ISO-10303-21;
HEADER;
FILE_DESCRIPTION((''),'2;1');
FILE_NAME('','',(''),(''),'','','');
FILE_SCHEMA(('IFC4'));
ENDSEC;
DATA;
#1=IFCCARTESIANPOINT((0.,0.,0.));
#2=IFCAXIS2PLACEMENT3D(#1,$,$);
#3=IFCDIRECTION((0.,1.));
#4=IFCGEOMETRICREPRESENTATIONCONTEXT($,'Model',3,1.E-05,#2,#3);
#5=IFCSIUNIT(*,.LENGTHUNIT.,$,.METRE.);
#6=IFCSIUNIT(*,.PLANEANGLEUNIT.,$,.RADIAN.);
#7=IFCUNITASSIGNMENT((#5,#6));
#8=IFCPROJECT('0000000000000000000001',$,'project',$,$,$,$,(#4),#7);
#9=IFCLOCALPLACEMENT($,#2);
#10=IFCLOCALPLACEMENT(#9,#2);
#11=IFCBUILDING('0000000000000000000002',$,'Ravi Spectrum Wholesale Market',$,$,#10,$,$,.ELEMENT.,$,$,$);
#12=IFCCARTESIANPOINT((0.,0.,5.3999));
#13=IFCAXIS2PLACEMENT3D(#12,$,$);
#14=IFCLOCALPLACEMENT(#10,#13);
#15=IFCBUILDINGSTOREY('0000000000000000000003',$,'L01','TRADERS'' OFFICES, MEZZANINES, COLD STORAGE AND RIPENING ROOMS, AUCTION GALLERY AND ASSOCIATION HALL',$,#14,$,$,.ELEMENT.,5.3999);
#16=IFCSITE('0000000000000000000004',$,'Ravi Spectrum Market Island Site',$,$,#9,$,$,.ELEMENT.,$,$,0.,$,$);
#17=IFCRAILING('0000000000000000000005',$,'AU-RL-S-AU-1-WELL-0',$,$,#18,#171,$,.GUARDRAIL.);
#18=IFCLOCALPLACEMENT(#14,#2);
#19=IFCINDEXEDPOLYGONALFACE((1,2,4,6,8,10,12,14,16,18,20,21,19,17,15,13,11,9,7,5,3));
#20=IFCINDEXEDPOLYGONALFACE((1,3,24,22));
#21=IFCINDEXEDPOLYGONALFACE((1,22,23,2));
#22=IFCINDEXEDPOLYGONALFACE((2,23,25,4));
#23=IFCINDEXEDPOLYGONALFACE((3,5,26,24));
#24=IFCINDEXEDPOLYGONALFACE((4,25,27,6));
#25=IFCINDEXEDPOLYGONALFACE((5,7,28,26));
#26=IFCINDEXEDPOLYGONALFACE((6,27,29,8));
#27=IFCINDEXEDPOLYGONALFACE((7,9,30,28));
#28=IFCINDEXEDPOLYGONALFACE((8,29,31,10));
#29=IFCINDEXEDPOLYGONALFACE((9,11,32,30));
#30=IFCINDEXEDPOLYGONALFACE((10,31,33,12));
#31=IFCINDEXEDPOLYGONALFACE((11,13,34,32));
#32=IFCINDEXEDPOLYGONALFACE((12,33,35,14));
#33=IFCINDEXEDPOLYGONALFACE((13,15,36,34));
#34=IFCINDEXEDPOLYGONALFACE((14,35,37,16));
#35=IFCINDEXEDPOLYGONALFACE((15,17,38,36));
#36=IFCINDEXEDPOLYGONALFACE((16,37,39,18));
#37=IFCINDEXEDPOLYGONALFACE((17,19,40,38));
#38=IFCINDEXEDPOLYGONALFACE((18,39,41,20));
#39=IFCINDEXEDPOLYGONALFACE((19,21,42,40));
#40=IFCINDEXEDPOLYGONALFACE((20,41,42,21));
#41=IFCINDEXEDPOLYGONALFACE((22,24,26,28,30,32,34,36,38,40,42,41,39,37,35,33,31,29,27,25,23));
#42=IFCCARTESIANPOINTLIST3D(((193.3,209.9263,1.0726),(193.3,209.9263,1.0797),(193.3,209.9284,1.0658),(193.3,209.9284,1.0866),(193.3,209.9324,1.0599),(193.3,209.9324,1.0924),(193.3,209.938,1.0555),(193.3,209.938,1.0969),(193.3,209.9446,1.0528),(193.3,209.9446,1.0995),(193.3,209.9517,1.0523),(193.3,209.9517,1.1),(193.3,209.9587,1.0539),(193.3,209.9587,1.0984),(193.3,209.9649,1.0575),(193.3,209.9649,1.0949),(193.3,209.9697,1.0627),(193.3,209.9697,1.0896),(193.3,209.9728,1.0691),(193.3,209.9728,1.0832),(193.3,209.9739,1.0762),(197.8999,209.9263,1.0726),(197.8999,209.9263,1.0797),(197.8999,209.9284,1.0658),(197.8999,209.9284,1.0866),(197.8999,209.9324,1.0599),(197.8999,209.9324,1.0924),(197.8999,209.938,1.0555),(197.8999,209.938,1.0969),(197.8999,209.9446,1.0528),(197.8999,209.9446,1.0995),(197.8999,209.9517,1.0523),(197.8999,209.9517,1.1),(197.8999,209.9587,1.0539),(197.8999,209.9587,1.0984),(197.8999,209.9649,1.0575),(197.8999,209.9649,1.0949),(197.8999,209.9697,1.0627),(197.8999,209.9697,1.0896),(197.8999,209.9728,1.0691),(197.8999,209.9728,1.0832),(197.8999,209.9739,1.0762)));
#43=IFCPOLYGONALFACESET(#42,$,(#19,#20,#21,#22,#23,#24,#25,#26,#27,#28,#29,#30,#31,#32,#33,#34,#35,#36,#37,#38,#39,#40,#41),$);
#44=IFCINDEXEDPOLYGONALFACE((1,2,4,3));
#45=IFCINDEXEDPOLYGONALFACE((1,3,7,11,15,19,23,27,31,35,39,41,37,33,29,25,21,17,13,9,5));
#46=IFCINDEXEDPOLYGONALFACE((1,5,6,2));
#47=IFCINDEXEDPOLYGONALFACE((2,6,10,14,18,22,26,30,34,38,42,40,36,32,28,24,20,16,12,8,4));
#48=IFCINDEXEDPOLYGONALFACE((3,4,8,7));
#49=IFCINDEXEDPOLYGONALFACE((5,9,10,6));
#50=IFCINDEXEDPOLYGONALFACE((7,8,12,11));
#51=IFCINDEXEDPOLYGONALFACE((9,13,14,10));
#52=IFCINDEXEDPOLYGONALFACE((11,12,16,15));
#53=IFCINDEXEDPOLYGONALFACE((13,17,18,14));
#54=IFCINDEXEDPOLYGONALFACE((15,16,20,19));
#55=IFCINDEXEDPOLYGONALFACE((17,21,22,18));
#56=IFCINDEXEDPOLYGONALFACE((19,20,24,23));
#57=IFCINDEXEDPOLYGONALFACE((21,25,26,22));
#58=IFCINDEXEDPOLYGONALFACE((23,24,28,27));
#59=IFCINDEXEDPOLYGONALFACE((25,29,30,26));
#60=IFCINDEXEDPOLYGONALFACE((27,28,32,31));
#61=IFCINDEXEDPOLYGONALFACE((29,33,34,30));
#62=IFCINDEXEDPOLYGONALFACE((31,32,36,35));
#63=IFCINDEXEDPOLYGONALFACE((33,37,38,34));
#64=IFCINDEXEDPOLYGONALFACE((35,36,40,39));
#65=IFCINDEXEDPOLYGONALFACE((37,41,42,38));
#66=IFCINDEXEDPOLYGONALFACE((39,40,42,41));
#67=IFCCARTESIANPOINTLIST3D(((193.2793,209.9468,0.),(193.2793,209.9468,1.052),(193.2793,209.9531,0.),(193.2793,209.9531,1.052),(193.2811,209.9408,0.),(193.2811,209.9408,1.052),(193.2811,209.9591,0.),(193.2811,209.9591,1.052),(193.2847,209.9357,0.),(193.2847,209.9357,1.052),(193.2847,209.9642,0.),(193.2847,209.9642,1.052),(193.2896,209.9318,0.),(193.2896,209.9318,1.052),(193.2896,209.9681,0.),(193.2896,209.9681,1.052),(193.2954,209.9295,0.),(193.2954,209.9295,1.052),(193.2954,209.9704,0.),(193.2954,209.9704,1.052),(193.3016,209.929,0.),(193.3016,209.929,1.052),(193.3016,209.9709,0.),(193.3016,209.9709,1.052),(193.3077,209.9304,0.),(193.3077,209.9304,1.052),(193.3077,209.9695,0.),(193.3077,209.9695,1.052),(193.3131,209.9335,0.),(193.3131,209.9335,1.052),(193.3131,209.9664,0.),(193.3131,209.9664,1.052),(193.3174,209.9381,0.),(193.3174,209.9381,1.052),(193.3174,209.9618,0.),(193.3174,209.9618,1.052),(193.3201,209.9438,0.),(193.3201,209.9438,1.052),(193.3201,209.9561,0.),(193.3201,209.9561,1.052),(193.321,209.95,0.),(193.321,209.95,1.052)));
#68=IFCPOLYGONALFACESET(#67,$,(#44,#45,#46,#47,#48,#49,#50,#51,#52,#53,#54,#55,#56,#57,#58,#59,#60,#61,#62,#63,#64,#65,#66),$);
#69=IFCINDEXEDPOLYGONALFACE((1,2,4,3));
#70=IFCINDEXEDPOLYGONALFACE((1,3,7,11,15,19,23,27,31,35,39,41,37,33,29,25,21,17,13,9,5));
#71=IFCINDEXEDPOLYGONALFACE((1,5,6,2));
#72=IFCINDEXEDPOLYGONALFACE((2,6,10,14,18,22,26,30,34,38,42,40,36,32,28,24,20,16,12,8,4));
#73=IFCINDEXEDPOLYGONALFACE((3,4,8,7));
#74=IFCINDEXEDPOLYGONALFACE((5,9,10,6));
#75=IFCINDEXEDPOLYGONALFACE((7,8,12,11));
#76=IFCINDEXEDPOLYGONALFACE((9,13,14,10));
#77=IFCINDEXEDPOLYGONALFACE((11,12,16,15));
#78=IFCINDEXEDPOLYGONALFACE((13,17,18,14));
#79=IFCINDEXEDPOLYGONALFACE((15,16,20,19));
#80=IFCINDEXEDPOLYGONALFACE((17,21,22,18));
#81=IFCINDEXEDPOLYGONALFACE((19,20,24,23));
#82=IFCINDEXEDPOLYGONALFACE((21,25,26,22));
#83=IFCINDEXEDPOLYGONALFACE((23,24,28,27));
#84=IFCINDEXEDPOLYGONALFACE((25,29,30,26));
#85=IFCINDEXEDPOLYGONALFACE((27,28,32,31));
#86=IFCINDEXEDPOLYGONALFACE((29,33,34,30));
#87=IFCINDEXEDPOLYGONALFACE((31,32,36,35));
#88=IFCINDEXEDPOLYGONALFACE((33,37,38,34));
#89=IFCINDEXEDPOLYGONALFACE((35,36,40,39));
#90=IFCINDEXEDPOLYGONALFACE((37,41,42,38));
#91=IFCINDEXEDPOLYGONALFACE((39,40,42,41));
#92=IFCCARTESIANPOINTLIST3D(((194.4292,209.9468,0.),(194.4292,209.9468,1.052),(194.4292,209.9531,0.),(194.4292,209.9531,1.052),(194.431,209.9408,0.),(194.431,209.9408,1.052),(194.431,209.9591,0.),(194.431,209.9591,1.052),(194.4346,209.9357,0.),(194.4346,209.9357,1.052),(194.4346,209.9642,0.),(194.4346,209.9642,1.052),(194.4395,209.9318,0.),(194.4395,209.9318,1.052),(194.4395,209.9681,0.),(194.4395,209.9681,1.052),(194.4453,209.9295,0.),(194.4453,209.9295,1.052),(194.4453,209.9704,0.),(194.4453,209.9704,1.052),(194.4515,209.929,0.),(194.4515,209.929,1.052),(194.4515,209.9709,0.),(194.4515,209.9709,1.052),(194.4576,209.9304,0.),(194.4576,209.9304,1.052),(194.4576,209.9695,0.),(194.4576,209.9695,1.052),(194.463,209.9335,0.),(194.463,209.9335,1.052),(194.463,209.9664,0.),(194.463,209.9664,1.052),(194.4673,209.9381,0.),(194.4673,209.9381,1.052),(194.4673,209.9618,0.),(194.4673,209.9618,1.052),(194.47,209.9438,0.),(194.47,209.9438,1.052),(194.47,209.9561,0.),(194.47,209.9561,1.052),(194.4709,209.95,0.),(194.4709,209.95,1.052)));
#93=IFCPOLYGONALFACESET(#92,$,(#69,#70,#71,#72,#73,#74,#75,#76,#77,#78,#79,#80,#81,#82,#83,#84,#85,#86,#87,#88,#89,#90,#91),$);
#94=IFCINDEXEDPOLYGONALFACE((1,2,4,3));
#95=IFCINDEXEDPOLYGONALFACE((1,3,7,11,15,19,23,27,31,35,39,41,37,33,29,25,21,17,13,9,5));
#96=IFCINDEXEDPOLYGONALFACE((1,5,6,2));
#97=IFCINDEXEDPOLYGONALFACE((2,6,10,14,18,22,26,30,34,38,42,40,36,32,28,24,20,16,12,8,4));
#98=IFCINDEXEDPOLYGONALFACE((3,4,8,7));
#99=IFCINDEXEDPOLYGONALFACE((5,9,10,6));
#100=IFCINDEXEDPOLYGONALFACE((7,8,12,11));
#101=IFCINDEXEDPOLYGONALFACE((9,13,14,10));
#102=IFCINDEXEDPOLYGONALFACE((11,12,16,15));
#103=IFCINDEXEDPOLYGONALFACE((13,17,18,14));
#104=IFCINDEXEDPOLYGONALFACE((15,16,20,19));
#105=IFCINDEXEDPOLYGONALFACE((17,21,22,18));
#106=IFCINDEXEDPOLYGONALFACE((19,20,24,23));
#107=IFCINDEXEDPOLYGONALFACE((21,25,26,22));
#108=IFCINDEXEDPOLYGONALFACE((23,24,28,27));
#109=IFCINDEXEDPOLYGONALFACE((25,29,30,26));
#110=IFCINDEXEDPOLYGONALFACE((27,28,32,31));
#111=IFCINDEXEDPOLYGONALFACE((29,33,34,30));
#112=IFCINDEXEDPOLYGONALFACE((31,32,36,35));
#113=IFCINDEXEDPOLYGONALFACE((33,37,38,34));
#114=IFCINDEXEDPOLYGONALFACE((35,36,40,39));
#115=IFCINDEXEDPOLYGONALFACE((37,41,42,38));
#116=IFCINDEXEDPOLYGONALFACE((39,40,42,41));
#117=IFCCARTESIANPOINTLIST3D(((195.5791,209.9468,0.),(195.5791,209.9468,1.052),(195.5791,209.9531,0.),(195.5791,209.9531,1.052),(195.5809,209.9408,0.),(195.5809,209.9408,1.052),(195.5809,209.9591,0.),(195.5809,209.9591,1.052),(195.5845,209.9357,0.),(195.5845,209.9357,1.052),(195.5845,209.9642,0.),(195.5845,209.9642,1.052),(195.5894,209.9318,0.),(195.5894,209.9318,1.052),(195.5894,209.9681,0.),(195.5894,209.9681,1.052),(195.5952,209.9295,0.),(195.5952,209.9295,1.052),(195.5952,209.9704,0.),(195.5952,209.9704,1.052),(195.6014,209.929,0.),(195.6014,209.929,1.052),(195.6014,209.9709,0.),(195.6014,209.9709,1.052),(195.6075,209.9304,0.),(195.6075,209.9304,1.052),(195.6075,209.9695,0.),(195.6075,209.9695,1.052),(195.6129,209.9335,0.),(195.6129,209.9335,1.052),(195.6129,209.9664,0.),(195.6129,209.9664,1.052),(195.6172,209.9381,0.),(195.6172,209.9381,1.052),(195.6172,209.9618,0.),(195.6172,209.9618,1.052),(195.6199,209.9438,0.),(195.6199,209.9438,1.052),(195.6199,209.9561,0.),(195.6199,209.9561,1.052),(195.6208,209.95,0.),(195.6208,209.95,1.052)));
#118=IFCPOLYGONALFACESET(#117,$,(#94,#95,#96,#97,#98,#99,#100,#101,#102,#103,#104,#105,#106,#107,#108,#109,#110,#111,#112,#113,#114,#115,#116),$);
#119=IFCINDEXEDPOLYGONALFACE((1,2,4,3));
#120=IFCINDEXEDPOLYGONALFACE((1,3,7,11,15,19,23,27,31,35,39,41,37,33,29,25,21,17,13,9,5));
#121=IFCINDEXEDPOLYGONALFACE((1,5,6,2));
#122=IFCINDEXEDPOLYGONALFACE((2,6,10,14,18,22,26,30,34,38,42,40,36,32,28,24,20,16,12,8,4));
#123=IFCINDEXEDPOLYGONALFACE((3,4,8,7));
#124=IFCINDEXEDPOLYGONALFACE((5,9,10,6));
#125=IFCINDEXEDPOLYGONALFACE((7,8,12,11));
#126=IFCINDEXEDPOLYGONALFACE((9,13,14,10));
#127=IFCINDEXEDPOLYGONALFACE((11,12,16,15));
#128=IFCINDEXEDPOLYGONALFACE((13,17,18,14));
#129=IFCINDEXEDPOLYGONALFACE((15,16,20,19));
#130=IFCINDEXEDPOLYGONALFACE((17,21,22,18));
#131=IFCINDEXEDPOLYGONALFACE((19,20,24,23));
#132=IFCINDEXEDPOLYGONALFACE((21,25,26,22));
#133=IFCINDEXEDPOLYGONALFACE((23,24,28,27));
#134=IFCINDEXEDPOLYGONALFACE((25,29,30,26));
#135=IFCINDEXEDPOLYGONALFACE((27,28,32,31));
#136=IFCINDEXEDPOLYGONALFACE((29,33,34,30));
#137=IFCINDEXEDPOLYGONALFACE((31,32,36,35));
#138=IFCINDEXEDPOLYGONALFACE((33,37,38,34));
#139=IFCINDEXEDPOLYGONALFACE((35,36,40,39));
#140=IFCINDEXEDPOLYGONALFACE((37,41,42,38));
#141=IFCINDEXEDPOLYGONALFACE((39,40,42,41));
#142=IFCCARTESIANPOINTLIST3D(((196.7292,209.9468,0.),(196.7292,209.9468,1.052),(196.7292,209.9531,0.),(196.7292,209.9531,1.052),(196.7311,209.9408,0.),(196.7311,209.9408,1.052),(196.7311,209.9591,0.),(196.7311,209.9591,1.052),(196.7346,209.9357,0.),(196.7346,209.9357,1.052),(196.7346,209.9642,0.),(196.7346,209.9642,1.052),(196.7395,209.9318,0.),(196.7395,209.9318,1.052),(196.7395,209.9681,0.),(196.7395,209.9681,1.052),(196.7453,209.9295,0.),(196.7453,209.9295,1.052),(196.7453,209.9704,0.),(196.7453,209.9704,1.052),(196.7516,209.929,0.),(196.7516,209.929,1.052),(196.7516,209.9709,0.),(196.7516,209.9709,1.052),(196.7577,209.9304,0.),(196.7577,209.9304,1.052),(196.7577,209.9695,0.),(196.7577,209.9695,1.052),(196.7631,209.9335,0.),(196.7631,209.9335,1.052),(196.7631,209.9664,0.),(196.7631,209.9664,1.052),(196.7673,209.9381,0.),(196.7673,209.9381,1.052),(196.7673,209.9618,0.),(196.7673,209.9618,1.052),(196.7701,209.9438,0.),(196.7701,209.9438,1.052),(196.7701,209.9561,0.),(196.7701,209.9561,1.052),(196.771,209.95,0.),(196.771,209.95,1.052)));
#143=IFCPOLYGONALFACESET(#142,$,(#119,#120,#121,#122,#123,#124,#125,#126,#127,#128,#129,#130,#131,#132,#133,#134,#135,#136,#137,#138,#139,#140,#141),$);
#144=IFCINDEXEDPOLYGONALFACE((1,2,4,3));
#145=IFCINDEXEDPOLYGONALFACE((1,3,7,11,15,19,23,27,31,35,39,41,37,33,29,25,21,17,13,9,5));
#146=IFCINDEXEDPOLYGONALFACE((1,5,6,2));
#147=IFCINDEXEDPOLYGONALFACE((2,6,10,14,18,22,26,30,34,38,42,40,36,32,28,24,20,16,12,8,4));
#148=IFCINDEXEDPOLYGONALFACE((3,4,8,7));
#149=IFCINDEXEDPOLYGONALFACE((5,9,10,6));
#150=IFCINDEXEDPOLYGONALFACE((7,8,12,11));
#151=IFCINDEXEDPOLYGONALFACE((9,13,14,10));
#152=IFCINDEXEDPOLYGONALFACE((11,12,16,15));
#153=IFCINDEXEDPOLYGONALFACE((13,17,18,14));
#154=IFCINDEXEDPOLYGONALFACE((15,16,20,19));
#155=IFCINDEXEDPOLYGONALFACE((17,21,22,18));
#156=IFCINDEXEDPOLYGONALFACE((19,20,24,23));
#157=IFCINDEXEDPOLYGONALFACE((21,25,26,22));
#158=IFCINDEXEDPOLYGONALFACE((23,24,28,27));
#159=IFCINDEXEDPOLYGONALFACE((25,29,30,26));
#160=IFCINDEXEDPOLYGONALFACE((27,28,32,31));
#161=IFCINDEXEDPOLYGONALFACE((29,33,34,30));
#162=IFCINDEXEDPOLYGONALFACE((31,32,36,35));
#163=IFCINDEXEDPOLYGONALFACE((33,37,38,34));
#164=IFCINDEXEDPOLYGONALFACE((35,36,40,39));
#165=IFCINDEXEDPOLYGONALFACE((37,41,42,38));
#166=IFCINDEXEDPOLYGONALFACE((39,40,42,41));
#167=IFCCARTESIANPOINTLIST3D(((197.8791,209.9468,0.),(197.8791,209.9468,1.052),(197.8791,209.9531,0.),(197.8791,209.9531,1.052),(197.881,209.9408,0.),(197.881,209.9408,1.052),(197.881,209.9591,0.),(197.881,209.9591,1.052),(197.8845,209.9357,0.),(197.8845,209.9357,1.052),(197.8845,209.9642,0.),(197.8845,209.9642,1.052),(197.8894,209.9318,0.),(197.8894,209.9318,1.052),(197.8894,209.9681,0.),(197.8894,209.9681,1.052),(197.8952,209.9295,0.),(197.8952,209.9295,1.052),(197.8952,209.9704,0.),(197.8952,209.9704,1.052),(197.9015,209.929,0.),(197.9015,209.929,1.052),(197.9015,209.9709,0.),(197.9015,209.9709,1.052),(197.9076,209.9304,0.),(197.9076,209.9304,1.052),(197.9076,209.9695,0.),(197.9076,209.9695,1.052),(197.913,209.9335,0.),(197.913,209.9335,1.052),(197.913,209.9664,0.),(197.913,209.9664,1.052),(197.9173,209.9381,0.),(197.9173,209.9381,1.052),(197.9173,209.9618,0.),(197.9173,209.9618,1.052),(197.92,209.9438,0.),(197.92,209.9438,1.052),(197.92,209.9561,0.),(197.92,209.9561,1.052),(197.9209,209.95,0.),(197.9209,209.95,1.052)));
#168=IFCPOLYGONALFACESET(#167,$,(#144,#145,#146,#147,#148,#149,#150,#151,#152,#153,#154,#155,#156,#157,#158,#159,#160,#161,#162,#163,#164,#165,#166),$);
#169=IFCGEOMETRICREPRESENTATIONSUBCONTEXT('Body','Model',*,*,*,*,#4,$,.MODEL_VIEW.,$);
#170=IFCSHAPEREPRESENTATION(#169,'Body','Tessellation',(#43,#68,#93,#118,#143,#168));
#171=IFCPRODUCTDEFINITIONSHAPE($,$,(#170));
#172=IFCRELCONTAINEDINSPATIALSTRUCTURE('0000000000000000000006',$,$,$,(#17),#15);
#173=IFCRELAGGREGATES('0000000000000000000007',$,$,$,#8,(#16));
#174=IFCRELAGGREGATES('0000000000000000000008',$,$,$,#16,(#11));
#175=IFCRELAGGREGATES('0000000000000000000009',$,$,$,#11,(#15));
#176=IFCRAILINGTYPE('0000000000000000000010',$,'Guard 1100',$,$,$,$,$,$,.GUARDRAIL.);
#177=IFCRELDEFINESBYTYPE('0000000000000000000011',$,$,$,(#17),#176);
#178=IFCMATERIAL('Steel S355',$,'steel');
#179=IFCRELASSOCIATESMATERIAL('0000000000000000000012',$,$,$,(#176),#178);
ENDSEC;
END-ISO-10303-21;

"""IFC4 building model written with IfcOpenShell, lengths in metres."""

from ifc_helpers import new_model, si_unit, direction, frame, origin, origin_2d, place, context, subcontext, project, spatial, circle, extrude, material, type_object, element, save


model = new_model("IFC4")

# Units and contexts
model_context = context("Model", 3, precision=1e-05, world=origin(), true_north=direction((0.0, 1.0)))
body_context = subcontext(model_context, "Body", "Model", "MODEL_VIEW")
ifc_project = project(units=[si_unit("LENGTHUNIT", "METRE"), si_unit("PLANEANGLEUNIT", "RADIAN")], contexts=[model_context])

# Site, building, storey
site_placement = place(None, origin())
site = spatial("IfcSite", under=ifc_project, at=site_placement, Name="Ravi Spectrum Market Island Site", CompositionType="ELEMENT", RefElevation=0.0)
building_placement = place(site_placement, origin())
building = spatial("IfcBuilding", under=site, at=building_placement, Name="Ravi Spectrum Wholesale Market", CompositionType="ELEMENT")
storey_placement = place(building_placement, frame((0.0, 0.0, 5.3999)))
storey = spatial("IfcBuildingStorey", under=building, at=storey_placement, Name="L01", Description="TRADERS' OFFICES, MEZZANINES, COLD STORAGE AND RIPENING ROOMS, AUCTION GALLERY AND ASSOCIATION HALL", CompositionType="ELEMENT", Elevation=5.3999)

# Railing
ifc_material_1 = material(Name="Steel S355", Category="steel")
railing_type = type_object("IfcRailingType", Name="Guard 1100", PredefinedType="GUARDRAIL", material=ifc_material_1)
railing_placement = place(storey_placement, frame((193.3, 209.95, 0.0)))
element("IfcRailing", 1, at=railing_placement, inside=storey, type_object=railing_type, Name="AU-RL-S-AU-1-WELL-0", PredefinedType="GUARDRAIL", context=body_context, shape_type="SweptSolid", body=[
    extrude(circle(Radius=0.0239, at=origin_2d()), frame((0.0, 0.0, 1.0762), z_axis=(1.0, 0.0, 0.0), x_axis=(0.0, 1.0, 0.0)), (0.0, 0.0, 1.0), 4.5999),
    extrude(circle(Radius=0.021, at=origin_2d()), origin(), (0.0, 0.0, 1.0), 1.052),
    extrude(circle(Radius=0.021, at=origin_2d()), frame((1.1499, 0.0, 0.0)), (0.0, 0.0, 1.0), 1.052),
    extrude(circle(Radius=0.021, at=origin_2d()), frame((2.2998, 0.0, 0.0)), (0.0, 0.0, 1.0), 1.052),
    extrude(circle(Radius=0.021, at=origin_2d()), frame((3.45, 0.0, 0.0)), (0.0, 0.0, 1.0), 1.052),
    extrude(circle(Radius=0.021, at=origin_2d()), frame((4.5999, 0.0, 0.0)), (0.0, 0.0, 1.0), 1.052),
])

save(model, "model.ifc")
